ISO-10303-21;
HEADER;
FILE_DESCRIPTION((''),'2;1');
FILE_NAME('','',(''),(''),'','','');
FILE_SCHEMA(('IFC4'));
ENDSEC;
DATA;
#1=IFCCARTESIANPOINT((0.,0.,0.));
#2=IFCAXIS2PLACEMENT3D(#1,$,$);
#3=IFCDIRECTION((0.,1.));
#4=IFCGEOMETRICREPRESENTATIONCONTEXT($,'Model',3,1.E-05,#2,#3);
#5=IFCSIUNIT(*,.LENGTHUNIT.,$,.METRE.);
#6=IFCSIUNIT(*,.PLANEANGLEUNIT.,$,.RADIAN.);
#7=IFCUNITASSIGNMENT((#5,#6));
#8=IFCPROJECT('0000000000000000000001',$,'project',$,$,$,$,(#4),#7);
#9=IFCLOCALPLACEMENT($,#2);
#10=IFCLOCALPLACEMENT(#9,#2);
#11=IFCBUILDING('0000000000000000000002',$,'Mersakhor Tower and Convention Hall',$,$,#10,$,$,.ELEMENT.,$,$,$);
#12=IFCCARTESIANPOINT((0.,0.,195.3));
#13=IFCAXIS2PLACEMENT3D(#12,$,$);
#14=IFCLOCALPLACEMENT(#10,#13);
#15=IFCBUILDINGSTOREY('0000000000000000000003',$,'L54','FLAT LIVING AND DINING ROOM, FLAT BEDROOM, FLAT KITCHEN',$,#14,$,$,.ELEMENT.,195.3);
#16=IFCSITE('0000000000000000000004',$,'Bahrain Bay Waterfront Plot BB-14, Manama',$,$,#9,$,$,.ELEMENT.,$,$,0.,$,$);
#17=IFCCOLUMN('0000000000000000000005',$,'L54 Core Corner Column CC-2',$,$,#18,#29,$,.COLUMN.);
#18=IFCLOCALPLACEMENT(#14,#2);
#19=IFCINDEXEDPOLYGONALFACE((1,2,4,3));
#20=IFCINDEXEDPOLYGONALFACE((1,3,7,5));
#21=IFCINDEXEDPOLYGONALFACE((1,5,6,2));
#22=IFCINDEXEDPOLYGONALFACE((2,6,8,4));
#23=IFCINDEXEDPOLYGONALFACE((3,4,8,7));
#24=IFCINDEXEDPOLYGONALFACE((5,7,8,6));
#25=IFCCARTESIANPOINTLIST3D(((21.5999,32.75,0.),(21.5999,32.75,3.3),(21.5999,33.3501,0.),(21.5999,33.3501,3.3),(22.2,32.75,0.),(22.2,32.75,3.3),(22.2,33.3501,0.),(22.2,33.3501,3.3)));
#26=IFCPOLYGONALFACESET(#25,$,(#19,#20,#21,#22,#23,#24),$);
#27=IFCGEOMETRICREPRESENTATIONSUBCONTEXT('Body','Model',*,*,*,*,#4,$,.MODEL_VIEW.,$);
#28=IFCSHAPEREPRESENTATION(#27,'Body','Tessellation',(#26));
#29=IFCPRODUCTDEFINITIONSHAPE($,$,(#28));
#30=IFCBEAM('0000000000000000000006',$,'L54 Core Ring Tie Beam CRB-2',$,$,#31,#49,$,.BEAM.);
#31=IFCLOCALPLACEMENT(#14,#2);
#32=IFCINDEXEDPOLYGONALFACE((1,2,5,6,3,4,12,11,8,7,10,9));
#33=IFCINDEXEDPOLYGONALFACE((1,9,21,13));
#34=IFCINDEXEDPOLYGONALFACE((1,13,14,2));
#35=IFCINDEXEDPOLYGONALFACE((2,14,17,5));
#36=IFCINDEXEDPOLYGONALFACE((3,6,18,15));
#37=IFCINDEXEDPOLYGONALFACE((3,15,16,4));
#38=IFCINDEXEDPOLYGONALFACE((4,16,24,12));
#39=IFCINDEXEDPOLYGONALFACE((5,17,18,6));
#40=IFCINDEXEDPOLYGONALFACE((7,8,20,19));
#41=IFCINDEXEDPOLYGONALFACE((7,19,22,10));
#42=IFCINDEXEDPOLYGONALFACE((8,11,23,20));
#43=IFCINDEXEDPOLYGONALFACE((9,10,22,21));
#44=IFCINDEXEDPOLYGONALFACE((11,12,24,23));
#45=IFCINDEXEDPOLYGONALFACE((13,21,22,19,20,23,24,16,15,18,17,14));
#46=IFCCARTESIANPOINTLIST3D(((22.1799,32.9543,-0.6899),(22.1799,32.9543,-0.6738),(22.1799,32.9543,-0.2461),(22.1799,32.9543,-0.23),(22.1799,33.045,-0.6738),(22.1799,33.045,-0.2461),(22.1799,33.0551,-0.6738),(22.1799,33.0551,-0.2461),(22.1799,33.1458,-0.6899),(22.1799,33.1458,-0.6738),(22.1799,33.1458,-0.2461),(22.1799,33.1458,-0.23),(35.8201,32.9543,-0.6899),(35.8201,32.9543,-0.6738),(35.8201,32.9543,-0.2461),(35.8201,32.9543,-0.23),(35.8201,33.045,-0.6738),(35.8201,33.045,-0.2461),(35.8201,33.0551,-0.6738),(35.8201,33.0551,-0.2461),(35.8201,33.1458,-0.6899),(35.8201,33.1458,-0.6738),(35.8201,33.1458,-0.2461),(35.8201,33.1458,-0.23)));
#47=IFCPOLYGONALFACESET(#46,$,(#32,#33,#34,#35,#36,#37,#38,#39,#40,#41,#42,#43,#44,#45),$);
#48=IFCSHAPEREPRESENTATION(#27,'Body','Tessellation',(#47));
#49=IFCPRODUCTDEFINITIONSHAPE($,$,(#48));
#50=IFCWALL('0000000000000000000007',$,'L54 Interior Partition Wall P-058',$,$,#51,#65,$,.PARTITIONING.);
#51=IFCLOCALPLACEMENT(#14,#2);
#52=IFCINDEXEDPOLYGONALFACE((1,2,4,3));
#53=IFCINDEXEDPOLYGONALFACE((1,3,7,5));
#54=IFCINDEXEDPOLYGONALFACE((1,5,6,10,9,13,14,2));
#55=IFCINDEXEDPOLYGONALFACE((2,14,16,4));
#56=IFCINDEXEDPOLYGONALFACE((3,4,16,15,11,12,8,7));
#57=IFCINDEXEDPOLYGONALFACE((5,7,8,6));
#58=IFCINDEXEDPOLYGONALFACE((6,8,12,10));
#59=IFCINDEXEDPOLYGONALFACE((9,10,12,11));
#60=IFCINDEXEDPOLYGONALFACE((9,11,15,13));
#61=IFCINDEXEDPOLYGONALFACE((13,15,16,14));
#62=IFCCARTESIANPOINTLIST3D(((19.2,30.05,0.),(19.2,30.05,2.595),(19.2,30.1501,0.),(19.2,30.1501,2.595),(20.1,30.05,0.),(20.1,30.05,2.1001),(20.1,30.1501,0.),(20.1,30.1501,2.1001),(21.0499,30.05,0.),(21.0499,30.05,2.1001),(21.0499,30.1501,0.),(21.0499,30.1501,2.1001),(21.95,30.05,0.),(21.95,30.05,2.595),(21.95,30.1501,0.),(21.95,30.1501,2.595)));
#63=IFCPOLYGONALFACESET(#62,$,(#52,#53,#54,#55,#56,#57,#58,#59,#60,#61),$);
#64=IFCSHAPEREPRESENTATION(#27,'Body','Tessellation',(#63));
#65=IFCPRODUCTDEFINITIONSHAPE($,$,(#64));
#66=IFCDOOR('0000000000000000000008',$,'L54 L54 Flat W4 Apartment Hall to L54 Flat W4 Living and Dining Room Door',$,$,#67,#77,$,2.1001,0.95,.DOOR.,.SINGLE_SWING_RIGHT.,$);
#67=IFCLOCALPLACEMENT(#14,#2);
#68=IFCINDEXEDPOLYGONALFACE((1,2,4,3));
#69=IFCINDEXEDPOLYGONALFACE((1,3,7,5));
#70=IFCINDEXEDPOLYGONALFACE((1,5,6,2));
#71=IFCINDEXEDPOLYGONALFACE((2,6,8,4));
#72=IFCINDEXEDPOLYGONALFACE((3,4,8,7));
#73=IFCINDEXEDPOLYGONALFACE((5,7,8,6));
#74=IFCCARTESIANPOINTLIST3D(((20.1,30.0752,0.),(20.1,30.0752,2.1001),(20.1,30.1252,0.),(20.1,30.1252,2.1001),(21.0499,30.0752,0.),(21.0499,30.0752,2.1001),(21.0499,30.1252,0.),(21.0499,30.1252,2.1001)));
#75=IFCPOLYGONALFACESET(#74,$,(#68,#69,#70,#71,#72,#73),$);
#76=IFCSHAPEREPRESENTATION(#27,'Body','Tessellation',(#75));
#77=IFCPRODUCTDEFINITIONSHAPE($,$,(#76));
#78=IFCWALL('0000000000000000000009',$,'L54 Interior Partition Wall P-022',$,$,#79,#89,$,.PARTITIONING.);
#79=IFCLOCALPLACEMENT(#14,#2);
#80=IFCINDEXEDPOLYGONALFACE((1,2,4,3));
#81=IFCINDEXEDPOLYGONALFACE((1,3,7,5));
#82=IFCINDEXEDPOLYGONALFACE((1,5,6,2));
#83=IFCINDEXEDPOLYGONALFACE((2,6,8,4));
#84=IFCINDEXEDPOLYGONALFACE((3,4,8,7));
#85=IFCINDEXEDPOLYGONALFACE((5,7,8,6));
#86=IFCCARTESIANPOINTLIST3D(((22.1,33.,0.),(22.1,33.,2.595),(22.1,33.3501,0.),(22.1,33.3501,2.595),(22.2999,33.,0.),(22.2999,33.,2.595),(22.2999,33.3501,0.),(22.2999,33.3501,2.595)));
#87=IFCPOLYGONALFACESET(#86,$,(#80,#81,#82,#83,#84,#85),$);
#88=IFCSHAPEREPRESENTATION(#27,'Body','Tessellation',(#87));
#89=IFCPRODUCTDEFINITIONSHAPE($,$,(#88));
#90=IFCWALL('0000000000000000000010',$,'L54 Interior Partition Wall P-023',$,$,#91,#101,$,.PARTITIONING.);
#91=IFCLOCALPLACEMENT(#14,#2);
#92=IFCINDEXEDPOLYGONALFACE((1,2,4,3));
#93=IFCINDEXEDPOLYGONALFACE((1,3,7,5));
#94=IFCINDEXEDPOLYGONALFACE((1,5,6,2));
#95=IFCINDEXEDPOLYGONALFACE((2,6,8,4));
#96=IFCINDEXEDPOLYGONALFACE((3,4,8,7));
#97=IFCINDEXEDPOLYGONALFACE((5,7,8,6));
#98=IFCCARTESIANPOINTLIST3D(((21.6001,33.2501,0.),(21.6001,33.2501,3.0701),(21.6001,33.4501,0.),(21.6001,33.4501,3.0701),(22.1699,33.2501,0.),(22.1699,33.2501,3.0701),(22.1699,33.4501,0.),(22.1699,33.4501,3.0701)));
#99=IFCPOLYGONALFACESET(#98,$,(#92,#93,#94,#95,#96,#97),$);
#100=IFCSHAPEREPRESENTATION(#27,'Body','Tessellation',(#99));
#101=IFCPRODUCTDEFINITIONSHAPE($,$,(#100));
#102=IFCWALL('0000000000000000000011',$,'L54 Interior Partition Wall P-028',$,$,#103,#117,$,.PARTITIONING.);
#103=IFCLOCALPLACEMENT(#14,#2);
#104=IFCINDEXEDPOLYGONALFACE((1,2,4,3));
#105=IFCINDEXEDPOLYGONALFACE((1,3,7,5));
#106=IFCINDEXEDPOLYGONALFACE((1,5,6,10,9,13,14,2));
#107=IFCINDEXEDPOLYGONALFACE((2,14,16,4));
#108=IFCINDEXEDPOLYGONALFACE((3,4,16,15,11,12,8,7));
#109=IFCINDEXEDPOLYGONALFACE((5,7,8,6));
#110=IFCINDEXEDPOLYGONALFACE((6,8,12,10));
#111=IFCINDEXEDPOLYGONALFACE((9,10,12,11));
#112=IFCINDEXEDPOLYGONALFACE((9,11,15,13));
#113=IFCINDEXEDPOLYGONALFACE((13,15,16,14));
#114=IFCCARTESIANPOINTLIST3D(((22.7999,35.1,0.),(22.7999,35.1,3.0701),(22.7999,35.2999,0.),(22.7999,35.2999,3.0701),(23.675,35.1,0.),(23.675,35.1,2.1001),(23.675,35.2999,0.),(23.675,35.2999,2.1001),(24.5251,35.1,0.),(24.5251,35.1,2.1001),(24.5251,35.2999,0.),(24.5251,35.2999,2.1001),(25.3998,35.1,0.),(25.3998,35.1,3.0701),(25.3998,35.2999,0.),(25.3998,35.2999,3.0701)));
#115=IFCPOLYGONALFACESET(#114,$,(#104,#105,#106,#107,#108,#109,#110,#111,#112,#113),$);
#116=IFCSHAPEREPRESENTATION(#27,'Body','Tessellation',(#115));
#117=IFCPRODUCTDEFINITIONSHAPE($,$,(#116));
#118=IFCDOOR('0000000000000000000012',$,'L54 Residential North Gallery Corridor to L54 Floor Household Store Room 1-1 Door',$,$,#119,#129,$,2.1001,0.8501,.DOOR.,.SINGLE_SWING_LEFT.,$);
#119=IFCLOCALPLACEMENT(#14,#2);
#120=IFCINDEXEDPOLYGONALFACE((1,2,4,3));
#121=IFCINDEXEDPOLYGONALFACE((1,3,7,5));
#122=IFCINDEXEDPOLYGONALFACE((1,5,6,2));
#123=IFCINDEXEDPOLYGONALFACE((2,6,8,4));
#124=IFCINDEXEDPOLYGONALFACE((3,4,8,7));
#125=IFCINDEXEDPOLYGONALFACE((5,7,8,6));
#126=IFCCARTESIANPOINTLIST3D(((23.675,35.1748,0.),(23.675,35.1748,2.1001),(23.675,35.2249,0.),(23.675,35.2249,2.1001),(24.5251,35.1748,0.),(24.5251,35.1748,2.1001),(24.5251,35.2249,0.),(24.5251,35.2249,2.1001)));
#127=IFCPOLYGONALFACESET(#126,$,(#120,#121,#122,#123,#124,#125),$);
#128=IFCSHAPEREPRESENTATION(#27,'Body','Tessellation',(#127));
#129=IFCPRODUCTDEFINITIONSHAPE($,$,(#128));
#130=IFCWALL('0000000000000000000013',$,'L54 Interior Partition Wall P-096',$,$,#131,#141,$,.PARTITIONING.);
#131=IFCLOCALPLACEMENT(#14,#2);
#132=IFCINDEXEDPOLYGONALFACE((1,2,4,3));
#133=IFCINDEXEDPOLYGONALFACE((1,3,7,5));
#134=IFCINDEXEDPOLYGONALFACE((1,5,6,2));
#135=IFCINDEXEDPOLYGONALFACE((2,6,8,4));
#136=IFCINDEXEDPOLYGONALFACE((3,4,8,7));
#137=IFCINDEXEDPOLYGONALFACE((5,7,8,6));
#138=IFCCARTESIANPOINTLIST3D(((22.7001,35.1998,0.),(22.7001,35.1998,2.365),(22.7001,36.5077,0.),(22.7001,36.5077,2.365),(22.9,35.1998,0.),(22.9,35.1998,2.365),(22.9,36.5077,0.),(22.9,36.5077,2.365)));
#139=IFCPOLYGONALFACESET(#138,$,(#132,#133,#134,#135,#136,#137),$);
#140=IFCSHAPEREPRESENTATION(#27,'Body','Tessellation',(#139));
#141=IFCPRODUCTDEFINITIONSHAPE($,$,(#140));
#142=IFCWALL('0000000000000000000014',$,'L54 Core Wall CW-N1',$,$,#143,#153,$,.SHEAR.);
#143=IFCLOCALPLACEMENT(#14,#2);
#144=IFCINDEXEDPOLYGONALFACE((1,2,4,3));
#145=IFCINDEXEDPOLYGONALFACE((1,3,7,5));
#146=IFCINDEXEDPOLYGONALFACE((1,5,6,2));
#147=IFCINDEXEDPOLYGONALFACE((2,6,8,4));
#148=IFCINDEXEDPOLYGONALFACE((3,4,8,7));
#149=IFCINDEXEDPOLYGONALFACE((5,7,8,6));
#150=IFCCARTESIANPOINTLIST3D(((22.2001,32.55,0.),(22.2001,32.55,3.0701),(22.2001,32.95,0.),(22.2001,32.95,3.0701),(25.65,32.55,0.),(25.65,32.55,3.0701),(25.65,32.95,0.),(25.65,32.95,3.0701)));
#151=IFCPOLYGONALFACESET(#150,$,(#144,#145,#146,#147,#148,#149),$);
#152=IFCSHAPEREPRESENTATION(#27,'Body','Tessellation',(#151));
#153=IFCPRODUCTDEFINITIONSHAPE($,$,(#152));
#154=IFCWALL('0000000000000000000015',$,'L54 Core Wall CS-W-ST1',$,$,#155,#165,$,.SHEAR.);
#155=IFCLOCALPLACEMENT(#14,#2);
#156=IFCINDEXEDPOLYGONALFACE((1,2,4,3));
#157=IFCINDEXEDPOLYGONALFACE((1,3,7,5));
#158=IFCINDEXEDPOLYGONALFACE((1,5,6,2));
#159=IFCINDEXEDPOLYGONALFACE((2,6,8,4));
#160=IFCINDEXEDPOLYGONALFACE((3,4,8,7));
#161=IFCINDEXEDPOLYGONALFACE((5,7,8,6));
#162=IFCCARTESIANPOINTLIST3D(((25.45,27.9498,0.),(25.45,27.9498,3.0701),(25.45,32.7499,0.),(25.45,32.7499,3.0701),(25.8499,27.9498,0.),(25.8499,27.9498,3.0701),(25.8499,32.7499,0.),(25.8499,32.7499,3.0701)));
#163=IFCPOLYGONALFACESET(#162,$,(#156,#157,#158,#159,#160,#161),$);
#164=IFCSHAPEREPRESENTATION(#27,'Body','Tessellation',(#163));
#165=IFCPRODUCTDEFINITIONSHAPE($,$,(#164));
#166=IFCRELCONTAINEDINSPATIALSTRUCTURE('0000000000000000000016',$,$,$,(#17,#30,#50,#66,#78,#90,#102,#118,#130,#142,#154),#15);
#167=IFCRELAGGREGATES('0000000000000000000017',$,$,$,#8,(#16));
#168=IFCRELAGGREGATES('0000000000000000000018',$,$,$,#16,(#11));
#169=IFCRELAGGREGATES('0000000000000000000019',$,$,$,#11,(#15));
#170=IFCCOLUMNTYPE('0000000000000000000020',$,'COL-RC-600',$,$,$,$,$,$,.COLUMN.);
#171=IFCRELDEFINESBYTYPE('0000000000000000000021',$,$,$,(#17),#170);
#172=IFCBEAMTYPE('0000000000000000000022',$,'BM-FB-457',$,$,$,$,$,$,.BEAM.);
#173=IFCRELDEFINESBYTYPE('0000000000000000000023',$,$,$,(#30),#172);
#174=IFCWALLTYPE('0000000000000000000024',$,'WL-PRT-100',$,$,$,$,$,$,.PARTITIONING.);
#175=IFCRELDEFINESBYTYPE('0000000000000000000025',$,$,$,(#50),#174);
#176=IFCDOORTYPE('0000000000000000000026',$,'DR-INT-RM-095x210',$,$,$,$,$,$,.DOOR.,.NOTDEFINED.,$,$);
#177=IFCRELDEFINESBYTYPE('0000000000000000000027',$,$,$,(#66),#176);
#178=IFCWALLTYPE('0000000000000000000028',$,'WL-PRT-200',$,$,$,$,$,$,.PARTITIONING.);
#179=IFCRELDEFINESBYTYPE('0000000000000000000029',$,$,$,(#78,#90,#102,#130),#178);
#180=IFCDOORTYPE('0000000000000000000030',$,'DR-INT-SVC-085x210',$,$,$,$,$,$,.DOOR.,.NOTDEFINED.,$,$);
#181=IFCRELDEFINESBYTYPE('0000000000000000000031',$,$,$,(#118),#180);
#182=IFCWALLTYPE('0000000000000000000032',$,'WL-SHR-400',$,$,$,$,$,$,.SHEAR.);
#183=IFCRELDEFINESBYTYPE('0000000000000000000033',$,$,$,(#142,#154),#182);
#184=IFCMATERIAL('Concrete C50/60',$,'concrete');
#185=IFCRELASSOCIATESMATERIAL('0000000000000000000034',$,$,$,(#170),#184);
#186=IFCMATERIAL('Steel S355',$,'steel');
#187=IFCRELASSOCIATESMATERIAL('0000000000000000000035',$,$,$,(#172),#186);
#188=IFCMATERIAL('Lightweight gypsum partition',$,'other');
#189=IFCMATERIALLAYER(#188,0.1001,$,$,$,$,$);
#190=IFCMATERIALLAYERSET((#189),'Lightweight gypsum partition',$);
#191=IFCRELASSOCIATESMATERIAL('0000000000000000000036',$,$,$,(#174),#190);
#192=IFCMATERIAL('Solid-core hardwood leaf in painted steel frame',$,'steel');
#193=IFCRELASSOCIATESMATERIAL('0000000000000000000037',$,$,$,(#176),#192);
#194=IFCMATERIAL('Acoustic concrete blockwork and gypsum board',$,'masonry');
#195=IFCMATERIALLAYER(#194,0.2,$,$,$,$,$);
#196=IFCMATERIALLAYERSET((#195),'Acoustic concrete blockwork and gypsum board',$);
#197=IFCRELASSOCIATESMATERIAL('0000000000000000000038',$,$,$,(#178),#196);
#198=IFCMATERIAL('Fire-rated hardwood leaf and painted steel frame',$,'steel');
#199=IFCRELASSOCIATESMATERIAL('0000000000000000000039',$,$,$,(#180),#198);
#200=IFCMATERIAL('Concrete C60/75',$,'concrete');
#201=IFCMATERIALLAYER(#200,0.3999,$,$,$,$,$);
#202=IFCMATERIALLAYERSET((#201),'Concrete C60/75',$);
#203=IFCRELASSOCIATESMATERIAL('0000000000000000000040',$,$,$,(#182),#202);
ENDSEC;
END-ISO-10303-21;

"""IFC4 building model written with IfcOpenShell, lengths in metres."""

from ifc_helpers import new_model, si_unit, direction, frame, frame_2d, origin, origin_2d, place, context, subcontext, project, spatial, rectangle, i_section, extrude, material, layer, layer_set, material_profile, profile_set, type_object, element, fill, save


model = new_model("IFC4")

# Units and contexts
model_context = context("Model", 3, precision=1e-05, world=origin(), true_north=direction((0.0, 1.0)))
body_context = subcontext(model_context, "Body", "Model", "MODEL_VIEW")
ifc_project = project(units=[si_unit("LENGTHUNIT", "METRE"), si_unit("PLANEANGLEUNIT", "RADIAN")], contexts=[model_context])

# Site, building, storey
site_placement = place(None, origin())
site = spatial("IfcSite", under=ifc_project, at=site_placement, Name="Bahrain Bay Waterfront Plot BB-14, Manama", CompositionType="ELEMENT", RefElevation=0.0)
building_placement = place(site_placement, origin())
building = spatial("IfcBuilding", under=site, at=building_placement, Name="Mersakhor Tower and Convention Hall", CompositionType="ELEMENT")
storey_placement = place(building_placement, frame((0.0, 0.0, 195.3)))
storey = spatial("IfcBuildingStorey", under=building, at=storey_placement, Name="L54", Description="FLAT LIVING AND DINING ROOM, FLAT BEDROOM, FLAT KITCHEN", CompositionType="ELEMENT", Elevation=195.3)

# Column
ifc_material_1 = material(Name="Concrete C50/60", Category="concrete")
ifc_material_profile_1 = material_profile(ifc_material_1, rectangle(XDim=0.6001, YDim=0.6001, at=origin_2d()), Name="RC 600x600")
ifc_profile_set_1 = profile_set([ifc_material_profile_1], Name="Concrete C50/60")
column_type = type_object("IfcColumnType", Name="COL-RC-600", PredefinedType="COLUMN", material=ifc_profile_set_1)
column_placement = place(storey_placement, frame((21.8999, 33.05, 0.0), z_axis=(0.0, 0.0, 1.0), x_axis=(1.0, 0.0, 0.0)))
element("IfcColumn", 1, at=column_placement, inside=storey, type_object=column_type, Name="L54 Core Corner Column CC-2", PredefinedType="COLUMN", context=body_context, shape_type="SweptSolid", body=[
    extrude(rectangle(XDim=0.6001, YDim=0.6001, at=origin_2d()), origin(), (0.0, 0.0, 1.0), 3.3),
])

# Beam
ifc_material_2 = material(Name="Steel S355", Category="steel")
ifc_material_profile_2 = material_profile(ifc_material_2, i_section(OverallWidth=0.1914, OverallDepth=0.46, WebThickness=0.01, FlangeThickness=0.0161, at=origin_2d()), Name="UB 457x191x82")
ifc_profile_set_2 = profile_set([ifc_material_profile_2], Name="Steel S355")
beam_type = type_object("IfcBeamType", Name="BM-FB-457", PredefinedType="BEAM", material=ifc_profile_set_2)
beam_placement = place(storey_placement, frame((22.1799, 33.05, -0.46), z_axis=(1.0, 0.0, 0.0), x_axis=(0.0, 1.0, 0.0)))
element("IfcBeam", 2, at=beam_placement, inside=storey, type_object=beam_type, Name="L54 Core Ring Tie Beam CRB-2", PredefinedType="BEAM", context=body_context, shape_type="SweptSolid", body=[
    extrude(i_section(OverallWidth=0.1914, OverallDepth=0.46, WebThickness=0.01, FlangeThickness=0.0161, at=origin_2d()), origin(), (0.0, 0.0, 1.0), 13.6401),
])

# Wall, opening, door
ifc_material_3 = material(Name="Lightweight gypsum partition", Category="other")
ifc_layer_1 = layer(ifc_material_3, 0.1001)
ifc_layer_set_1 = layer_set([ifc_layer_1], Name="Lightweight gypsum partition")
wall_type_1 = type_object("IfcWallType", Name="WL-PRT-100", PredefinedType="PARTITIONING", material=ifc_layer_set_1)
wall_1_placement = place(storey_placement, frame((21.95, 30.1001, 0.0), z_axis=(0.0, 0.0, 1.0), x_axis=(-1.0, 0.0, 0.0)))
wall_1 = element("IfcWall", 3, at=wall_1_placement, inside=storey, type_object=wall_type_1, Name="L54 Interior Partition Wall P-058", PredefinedType="PARTITIONING", context=body_context, shape_type="SweptSolid", body=[
    extrude(rectangle(XDim=2.75, YDim=0.1001, at=frame_2d((1.375, 0.0))), origin(), (0.0, 0.0, 1.0), 2.595),
])
opening_1_placement = place(wall_1_placement, frame((0.8999, 0.0, 0.0)))
opening_1 = element("IfcOpeningElement", 4, at=opening_1_placement, cuts=wall_1, PredefinedType="OPENING", context=body_context, shape_type="SweptSolid", body=[
    extrude(rectangle(XDim=0.95, YDim=2.1001, at=frame_2d((0.4751, 1.05))), frame((0.0, 0.0601, 0.0), z_axis=(0.0, -1.0, 0.0), x_axis=(1.0, 0.0, 0.0)), (0.0, 0.0, 1.0), 0.1201),
])
ifc_material_4 = material(Name="Solid-core hardwood leaf in painted steel frame", Category="steel")
door_type_1 = type_object("IfcDoorType", Name="DR-INT-RM-095x210", OperationType="NOTDEFINED", PredefinedType="DOOR", material=ifc_material_4)
door_1_placement = place(opening_1_placement, origin())
door_1 = element("IfcDoor", 5, at=door_1_placement, inside=storey, type_object=door_type_1, Name="L54 L54 Flat W4 Apartment Hall to L54 Flat W4 Living and Dining Room Door", OperationType="SINGLE_SWING_RIGHT", OverallHeight=2.1001, OverallWidth=0.95, PredefinedType="DOOR", context=body_context, shape_type="SweptSolid", body=[
    extrude(rectangle(XDim=0.95, YDim=2.1001, at=frame_2d((0.4751, 1.05))), frame((0.0, 0.0249, 0.0), z_axis=(0.0, -1.0, 0.0), x_axis=(1.0, 0.0, 0.0)), (0.0, 0.0, 1.0), 0.05),
])
fill(opening_1, door_1)

# Walls
ifc_material_5 = material(Name="Acoustic concrete blockwork and gypsum board", Category="masonry")
ifc_layer_2 = layer(ifc_material_5, 0.2)
ifc_layer_set_2 = layer_set([ifc_layer_2], Name="Acoustic concrete blockwork and gypsum board")
wall_type_2 = type_object("IfcWallType", Name="WL-PRT-200", PredefinedType="PARTITIONING", material=ifc_layer_set_2)
wall_2_placement = place(storey_placement, frame((22.2, 33.0, 0.0), z_axis=(0.0, 0.0, 1.0), x_axis=(0.0, 1.0, 0.0)))
element("IfcWall", 6, at=wall_2_placement, inside=storey, type_object=wall_type_2, Name="L54 Interior Partition Wall P-022", PredefinedType="PARTITIONING", context=body_context, shape_type="SweptSolid", body=[
    extrude(rectangle(XDim=0.3501, YDim=0.2, at=frame_2d((0.175, 0.0))), origin(), (0.0, 0.0, 1.0), 2.595),
])
wall_3_placement = place(storey_placement, frame((22.1699, 33.3501, 0.0), z_axis=(0.0, 0.0, 1.0), x_axis=(-1.0, 0.0, 0.0)))
element("IfcWall", 7, at=wall_3_placement, inside=storey, type_object=wall_type_2, Name="L54 Interior Partition Wall P-023", PredefinedType="PARTITIONING", context=body_context, shape_type="SweptSolid", body=[
    extrude(rectangle(XDim=0.5698, YDim=0.2, at=frame_2d((0.2849, 0.0))), origin(), (0.0, 0.0, 1.0), 3.0701),
])

# Wall, opening, door
wall_4_placement = place(storey_placement, frame((22.8, 35.2, 0.0), z_axis=(0.0, 0.0, 1.0), x_axis=(1.0, 0.0, 0.0)))
wall_4 = element("IfcWall", 8, at=wall_4_placement, inside=storey, type_object=wall_type_2, Name="L54 Interior Partition Wall P-028", PredefinedType="PARTITIONING", context=body_context, shape_type="SweptSolid", body=[
    extrude(rectangle(XDim=2.5999, YDim=0.2, at=frame_2d((1.2998, 0.0))), origin(), (0.0, 0.0, 1.0), 3.0701),
])
opening_2_placement = place(wall_4_placement, frame((0.875, 0.0, 0.0)))
opening_2 = element("IfcOpeningElement", 9, at=opening_2_placement, cuts=wall_4, PredefinedType="OPENING", context=body_context, shape_type="SweptSolid", body=[
    extrude(rectangle(XDim=0.8501, YDim=2.1001, at=frame_2d((0.425, 1.05))), frame((0.0, 0.1099, 0.0), z_axis=(0.0, -1.0, 0.0), x_axis=(1.0, 0.0, 0.0)), (0.0, 0.0, 1.0), 0.22),
])
ifc_material_6 = material(Name="Fire-rated hardwood leaf and painted steel frame", Category="steel")
door_type_2 = type_object("IfcDoorType", Name="DR-INT-SVC-085x210", OperationType="NOTDEFINED", PredefinedType="DOOR", material=ifc_material_6)
door_2_placement = place(opening_2_placement, origin())
door_2 = element("IfcDoor", 10, at=door_2_placement, inside=storey, type_object=door_type_2, Name="L54 Residential North Gallery Corridor to L54 Floor Household Store Room 1-1 Door", OperationType="SINGLE_SWING_LEFT", OverallHeight=2.1001, OverallWidth=0.8501, PredefinedType="DOOR", context=body_context, shape_type="SweptSolid", body=[
    extrude(rectangle(XDim=0.8501, YDim=2.1001, at=frame_2d((0.425, 1.05))), frame((0.0, 0.0249, 0.0), z_axis=(0.0, -1.0, 0.0), x_axis=(1.0, 0.0, 0.0)), (0.0, 0.0, 1.0), 0.05),
])
fill(opening_2, door_2)

# Walls
wall_5_placement = place(storey_placement, frame((22.8, 35.2, 0.0), z_axis=(0.0, 0.0, 1.0), x_axis=(0.0, 1.0, 0.0)))
element("IfcWall", 11, at=wall_5_placement, inside=storey, type_object=wall_type_2, Name="L54 Interior Partition Wall P-096", PredefinedType="PARTITIONING", context=body_context, shape_type="SweptSolid", body=[
    extrude(rectangle(XDim=1.3079, YDim=0.2, at=frame_2d((0.6538, 0.0))), origin(), (0.0, 0.0, 1.0), 2.365),
])
ifc_material_7 = material(Name="Concrete C60/75", Category="concrete")
ifc_layer_3 = layer(ifc_material_7, 0.3999)
ifc_layer_set_3 = layer_set([ifc_layer_3], Name="Concrete C60/75")
wall_type_3 = type_object("IfcWallType", Name="WL-SHR-400", PredefinedType="SHEAR", material=ifc_layer_set_3)
wall_6_placement = place(storey_placement, frame((22.2, 32.75, 0.0), z_axis=(0.0, 0.0, 1.0), x_axis=(1.0, 0.0, 0.0)))
element("IfcWall", 12, at=wall_6_placement, inside=storey, type_object=wall_type_3, Name="L54 Core Wall CW-N1", PredefinedType="SHEAR", context=body_context, shape_type="SweptSolid", body=[
    extrude(rectangle(XDim=3.45, YDim=0.3999, at=frame_2d((1.7251, 0.0))), origin(), (0.0, 0.0, 1.0), 3.0701),
])

# Wall
wall_7_placement = place(storey_placement, frame((25.6499, 27.95, 0.0), z_axis=(0.0, 0.0, 1.0), x_axis=(0.0, 1.0, 0.0)))
element("IfcWall", 13, at=wall_7_placement, inside=storey, type_object=wall_type_3, Name="L54 Core Wall CS-W-ST1", PredefinedType="SHEAR", context=body_context, shape_type="SweptSolid", body=[
    extrude(rectangle(XDim=4.8, YDim=0.3999, at=frame_2d((2.3999, 0.0))), origin(), (0.0, 0.0, 1.0), 3.0701),
])

save(model, "model.ifc")
